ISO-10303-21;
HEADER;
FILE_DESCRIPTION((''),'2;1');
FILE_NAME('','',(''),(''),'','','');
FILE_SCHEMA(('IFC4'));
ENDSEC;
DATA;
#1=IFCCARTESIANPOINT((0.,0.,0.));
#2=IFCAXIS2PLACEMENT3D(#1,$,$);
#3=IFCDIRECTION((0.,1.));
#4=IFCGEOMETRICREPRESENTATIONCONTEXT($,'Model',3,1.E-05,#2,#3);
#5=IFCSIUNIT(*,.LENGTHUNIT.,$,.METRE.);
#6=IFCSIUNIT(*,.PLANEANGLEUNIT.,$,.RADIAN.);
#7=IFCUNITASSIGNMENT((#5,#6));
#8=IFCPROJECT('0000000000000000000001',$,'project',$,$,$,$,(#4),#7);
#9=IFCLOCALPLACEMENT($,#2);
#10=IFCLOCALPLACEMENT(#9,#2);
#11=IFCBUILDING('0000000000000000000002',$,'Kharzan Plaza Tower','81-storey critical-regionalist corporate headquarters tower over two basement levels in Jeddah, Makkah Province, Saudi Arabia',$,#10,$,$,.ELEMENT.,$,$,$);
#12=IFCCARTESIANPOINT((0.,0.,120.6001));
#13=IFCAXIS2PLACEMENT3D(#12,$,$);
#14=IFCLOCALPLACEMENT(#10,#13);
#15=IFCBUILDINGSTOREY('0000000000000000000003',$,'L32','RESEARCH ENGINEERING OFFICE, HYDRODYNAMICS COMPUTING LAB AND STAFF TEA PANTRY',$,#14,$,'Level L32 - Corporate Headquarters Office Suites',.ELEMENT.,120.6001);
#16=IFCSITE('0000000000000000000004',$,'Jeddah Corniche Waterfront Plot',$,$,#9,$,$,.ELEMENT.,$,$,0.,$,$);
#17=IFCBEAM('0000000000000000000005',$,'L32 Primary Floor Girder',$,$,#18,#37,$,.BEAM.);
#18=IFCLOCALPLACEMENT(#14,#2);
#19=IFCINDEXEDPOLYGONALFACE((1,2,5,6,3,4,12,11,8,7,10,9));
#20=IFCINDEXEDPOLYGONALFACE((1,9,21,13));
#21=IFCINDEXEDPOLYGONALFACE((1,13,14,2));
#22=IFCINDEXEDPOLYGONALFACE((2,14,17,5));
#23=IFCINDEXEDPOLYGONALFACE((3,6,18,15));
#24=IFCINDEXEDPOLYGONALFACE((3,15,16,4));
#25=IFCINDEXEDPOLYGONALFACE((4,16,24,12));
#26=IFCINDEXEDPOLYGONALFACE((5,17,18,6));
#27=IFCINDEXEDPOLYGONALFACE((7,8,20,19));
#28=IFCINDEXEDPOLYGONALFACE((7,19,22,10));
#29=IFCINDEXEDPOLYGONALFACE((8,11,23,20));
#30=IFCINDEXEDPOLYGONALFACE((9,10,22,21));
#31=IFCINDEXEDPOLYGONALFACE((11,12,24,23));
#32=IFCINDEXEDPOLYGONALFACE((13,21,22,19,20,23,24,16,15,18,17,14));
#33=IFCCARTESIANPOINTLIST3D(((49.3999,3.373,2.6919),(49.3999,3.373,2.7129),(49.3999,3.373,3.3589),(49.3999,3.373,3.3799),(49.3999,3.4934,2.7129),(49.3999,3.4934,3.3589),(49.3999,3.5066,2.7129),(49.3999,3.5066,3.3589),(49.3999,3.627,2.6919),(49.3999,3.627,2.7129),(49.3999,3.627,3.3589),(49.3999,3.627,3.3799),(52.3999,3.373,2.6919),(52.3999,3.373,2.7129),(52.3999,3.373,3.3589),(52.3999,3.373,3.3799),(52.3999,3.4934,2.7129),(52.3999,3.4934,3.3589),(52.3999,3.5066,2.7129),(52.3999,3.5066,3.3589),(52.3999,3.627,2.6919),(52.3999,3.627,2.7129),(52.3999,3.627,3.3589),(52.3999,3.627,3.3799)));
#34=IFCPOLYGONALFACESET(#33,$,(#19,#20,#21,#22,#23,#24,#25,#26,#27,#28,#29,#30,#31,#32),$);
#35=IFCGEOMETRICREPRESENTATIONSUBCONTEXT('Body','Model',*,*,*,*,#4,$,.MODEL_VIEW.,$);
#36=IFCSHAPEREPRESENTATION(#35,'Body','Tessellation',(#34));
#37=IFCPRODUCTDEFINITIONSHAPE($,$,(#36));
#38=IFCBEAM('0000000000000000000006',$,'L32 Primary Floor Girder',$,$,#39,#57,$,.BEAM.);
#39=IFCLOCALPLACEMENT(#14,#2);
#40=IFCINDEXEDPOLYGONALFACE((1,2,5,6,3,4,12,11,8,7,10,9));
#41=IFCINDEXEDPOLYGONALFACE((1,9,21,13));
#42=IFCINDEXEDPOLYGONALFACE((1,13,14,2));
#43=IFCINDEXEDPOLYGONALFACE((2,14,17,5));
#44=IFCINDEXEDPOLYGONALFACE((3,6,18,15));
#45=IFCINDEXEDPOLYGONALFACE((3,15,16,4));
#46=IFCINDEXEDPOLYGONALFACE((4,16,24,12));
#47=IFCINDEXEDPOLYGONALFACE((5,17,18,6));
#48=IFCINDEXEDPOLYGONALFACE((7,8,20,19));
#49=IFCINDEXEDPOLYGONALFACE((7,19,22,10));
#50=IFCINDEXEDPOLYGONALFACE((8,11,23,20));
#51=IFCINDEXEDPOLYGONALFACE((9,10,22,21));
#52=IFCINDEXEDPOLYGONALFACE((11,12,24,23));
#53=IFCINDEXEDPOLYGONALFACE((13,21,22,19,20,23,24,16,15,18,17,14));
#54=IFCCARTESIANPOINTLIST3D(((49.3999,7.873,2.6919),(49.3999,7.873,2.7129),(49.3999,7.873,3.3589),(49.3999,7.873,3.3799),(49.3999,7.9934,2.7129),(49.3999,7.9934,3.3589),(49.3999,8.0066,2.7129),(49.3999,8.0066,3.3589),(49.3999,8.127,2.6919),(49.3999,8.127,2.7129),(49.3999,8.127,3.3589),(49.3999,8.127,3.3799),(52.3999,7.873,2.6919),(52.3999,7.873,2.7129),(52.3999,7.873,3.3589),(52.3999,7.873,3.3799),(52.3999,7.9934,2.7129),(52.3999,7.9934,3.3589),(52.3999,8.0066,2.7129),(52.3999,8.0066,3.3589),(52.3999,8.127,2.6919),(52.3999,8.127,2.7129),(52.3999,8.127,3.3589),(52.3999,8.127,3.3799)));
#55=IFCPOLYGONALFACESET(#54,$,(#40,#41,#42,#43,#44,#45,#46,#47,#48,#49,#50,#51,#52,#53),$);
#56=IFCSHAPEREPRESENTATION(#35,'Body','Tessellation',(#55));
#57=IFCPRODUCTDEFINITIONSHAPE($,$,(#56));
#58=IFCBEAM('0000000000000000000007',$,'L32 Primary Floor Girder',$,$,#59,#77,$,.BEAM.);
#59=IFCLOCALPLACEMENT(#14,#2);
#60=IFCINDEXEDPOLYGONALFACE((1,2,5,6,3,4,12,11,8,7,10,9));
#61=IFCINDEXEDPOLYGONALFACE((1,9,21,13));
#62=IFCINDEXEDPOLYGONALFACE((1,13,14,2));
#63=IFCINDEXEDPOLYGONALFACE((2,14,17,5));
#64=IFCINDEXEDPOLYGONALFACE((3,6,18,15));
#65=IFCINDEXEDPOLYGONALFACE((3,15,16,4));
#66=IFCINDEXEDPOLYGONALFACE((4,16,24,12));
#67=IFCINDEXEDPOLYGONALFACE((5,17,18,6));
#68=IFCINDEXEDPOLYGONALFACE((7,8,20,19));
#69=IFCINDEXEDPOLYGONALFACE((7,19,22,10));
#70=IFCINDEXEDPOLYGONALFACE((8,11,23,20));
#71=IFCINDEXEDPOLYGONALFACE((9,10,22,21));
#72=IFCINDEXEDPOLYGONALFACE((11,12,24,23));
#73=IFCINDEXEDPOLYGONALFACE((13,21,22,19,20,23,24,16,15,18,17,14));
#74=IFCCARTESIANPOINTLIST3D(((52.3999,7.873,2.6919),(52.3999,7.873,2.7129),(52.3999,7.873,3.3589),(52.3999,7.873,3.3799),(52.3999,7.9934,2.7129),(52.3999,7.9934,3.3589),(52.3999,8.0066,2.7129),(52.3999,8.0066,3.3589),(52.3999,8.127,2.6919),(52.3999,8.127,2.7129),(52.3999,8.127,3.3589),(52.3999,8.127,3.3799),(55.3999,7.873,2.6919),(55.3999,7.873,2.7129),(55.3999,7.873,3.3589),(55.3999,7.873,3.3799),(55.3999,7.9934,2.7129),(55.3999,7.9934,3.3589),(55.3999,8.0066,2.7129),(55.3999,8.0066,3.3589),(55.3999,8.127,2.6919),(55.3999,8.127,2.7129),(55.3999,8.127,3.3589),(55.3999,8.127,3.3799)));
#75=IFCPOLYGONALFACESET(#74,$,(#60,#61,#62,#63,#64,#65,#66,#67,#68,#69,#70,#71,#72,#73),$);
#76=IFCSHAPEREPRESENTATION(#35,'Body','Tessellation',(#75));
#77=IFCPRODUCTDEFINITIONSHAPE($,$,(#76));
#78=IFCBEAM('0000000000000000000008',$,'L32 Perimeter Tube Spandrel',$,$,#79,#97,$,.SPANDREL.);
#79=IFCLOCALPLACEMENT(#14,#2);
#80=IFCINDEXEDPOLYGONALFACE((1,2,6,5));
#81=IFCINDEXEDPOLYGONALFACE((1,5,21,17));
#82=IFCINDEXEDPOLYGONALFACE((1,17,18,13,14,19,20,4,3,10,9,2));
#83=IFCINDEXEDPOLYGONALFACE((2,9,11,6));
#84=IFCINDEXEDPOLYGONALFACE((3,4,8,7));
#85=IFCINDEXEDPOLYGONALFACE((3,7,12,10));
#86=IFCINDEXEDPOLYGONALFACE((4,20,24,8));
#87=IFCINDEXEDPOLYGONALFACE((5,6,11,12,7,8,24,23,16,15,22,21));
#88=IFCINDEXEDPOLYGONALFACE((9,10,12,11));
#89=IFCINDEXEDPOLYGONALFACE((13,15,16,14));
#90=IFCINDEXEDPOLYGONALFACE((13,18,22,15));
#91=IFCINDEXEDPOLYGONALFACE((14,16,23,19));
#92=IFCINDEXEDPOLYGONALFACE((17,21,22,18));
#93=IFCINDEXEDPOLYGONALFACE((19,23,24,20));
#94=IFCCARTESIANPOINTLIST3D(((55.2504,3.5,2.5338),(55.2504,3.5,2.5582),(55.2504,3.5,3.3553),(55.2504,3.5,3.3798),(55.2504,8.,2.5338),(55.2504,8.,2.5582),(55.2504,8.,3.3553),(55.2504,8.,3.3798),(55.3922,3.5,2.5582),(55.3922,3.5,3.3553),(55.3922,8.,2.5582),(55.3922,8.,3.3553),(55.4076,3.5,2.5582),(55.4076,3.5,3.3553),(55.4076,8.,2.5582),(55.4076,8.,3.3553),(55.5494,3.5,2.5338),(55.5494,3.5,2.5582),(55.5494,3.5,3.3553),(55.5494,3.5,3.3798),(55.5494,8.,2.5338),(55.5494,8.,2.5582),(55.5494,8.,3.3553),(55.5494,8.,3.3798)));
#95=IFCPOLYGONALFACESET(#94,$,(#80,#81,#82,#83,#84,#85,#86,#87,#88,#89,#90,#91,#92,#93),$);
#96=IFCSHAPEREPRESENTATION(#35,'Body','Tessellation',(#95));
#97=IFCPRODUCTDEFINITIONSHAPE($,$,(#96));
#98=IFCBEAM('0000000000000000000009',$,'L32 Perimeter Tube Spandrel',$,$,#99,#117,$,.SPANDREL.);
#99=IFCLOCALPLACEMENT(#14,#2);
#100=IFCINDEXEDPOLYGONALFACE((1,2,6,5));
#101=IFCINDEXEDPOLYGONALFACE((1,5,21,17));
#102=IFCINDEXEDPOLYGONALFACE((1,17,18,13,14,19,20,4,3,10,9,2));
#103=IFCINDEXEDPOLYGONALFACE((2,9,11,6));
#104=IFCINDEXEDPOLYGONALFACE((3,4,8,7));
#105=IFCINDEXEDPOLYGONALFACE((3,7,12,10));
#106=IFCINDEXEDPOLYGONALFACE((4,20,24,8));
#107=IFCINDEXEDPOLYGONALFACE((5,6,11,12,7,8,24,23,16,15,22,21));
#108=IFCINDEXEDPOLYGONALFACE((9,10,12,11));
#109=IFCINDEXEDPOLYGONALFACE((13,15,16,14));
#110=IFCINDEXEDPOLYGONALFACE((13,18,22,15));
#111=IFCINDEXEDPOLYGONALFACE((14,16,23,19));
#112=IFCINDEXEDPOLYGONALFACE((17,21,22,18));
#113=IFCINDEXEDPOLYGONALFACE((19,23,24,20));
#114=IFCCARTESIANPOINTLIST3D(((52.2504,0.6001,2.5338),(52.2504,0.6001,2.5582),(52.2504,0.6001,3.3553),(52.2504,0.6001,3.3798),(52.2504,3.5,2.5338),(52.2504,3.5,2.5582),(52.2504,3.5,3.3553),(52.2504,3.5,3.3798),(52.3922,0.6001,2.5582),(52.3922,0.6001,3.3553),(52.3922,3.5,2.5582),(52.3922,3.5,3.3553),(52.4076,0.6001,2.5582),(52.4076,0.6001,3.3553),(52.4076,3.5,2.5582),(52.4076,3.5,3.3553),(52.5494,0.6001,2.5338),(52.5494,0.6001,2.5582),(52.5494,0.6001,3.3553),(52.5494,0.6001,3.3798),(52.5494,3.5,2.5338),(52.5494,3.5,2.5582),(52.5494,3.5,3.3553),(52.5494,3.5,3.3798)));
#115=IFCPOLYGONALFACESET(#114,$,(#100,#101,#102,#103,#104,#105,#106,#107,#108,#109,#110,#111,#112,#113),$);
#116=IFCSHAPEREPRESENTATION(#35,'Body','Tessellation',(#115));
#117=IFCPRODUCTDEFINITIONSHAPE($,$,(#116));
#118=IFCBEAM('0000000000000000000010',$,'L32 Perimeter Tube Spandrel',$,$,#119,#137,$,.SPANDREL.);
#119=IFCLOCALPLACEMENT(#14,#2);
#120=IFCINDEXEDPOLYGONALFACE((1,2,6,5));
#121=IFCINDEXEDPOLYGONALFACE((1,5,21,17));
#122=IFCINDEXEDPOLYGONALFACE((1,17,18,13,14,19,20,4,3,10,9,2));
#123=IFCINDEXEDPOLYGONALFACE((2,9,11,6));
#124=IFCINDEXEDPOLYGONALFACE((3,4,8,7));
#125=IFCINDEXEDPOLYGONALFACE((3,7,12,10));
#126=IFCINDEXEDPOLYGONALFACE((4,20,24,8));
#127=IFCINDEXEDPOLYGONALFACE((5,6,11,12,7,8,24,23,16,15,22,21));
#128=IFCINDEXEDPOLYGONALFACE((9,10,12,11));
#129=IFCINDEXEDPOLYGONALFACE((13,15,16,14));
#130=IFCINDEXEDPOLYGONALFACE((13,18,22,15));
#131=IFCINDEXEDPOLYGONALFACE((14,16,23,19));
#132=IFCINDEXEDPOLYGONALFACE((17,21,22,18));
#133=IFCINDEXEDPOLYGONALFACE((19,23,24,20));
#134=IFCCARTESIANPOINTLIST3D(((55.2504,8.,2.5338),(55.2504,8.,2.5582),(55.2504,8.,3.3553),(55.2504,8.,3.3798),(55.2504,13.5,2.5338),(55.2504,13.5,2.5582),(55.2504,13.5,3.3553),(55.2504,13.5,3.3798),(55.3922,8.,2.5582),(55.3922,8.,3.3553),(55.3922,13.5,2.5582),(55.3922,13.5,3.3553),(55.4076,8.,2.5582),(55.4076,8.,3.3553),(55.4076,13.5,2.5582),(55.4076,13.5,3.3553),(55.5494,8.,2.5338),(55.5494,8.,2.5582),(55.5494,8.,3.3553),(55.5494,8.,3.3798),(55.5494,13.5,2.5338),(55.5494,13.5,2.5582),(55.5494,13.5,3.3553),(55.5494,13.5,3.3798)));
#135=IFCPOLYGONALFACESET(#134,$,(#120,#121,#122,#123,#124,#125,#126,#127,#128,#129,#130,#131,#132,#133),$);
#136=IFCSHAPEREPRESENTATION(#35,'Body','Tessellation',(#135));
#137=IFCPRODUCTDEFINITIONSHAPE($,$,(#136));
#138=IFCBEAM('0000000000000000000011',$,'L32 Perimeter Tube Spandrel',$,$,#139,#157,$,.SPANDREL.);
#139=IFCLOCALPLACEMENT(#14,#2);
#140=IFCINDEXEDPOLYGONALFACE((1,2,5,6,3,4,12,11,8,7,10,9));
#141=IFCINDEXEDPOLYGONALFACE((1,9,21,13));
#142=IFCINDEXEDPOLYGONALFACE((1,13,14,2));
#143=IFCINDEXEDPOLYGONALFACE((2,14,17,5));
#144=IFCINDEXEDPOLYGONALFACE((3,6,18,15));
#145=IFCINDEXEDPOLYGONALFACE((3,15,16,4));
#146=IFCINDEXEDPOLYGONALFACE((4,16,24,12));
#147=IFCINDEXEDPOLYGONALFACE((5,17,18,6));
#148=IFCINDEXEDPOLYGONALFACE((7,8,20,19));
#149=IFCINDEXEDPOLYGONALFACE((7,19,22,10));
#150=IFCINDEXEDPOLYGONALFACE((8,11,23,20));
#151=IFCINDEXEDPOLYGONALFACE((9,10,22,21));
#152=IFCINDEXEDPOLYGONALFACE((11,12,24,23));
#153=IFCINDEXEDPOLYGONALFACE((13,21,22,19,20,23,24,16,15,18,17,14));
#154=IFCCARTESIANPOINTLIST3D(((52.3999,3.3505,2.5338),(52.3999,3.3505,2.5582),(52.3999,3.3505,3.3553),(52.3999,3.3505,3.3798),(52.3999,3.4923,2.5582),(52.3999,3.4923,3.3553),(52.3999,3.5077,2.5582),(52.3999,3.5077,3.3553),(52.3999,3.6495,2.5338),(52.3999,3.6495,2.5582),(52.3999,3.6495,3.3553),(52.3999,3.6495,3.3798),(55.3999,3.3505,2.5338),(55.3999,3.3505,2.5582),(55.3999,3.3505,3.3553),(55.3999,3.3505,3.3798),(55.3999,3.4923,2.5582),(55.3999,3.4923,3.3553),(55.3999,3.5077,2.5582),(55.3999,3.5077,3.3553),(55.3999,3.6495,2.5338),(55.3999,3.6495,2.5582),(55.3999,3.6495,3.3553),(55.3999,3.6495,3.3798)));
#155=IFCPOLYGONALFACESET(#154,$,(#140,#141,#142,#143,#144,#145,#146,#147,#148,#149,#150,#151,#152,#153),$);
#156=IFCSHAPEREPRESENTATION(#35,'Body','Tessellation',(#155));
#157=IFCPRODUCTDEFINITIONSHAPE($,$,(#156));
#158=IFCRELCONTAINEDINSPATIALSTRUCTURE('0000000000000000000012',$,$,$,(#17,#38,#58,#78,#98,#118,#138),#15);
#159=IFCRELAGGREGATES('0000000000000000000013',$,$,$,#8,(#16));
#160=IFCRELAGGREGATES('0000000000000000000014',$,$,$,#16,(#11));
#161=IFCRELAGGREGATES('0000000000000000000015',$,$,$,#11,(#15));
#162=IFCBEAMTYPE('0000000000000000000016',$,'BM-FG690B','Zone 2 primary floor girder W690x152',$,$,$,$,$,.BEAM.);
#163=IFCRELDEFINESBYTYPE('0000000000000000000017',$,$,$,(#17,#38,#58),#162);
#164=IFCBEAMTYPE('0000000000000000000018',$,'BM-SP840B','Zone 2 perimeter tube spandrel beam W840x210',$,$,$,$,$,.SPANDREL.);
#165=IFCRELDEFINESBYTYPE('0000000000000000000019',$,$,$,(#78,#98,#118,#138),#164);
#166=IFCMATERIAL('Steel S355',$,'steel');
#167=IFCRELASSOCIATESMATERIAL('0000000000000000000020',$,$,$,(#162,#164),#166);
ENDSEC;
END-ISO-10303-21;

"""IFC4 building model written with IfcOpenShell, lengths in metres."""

from ifc_helpers import new_model, si_unit, direction, frame, origin, origin_2d, place, context, subcontext, project, spatial, i_section, extrude, source, transform, mapped, material, material_profile, profile_set, type_object, element, save


model = new_model("IFC4")

# Units and contexts
model_context = context("Model", 3, precision=1e-05, world=origin(), true_north=direction((0.0, 1.0)))
body_context = subcontext(model_context, "Body", "Model", "MODEL_VIEW")
ifc_project = project(units=[si_unit("LENGTHUNIT", "METRE"), si_unit("PLANEANGLEUNIT", "RADIAN")], contexts=[model_context])

# Site, building, storey
site_placement = place(None, origin())
site = spatial("IfcSite", under=ifc_project, at=site_placement, Name="Jeddah Corniche Waterfront Plot", CompositionType="ELEMENT", RefElevation=0.0)
building_placement = place(site_placement, origin())
building = spatial("IfcBuilding", under=site, at=building_placement, Name="Kharzan Plaza Tower", Description="81-storey critical-regionalist corporate headquarters tower over two basement levels in Jeddah, Makkah Province, Saudi Arabia", CompositionType="ELEMENT")
storey_placement = place(building_placement, frame((0.0, 0.0, 120.6001)))
storey = spatial("IfcBuildingStorey", under=building, at=storey_placement, Name="L32", Description="RESEARCH ENGINEERING OFFICE, HYDRODYNAMICS COMPUTING LAB AND STAFF TEA PANTRY", LongName="Level L32 - Corporate Headquarters Office Suites", CompositionType="ELEMENT", Elevation=120.6001)

# Beams
ifc_material_1 = material(Name="Steel S355", Category="steel")
ifc_material_profile_1 = material_profile(ifc_material_1, i_section(OverallWidth=0.2539, OverallDepth=0.688, WebThickness=0.0132, FlangeThickness=0.021, at=origin_2d()), Name="W690x152")
ifc_profile_set_1 = profile_set([ifc_material_profile_1], Name="Steel S355")
beam_type_1 = type_object("IfcBeamType", Name="BM-FG690B", Description="Zone 2 primary floor girder W690x152", PredefinedType="BEAM", material=ifc_profile_set_1)
shared_shape_1 = source(origin(), body_context, "Body", "SweptSolid", [
    extrude(i_section(OverallWidth=0.2539, OverallDepth=0.688, WebThickness=0.0132, FlangeThickness=0.021, at=origin_2d()), origin(), (0.0, 0.0, 1.0), 3.0),
])
for number, where, z_axis, x_axis, name in (
    (1, (49.3999, 3.5, 3.0359), (1.0, 0.0, 0.0), (0.0, 1.0, 0.0), "L32 Primary Floor Girder"),
    (2, (49.3999, 8.0, 3.0359), (1.0, 0.0, 0.0), (0.0, 1.0, 0.0), "L32 Primary Floor Girder"),
    (3, (52.3999, 8.0, 3.0359), (1.0, 0.0, 0.0), (0.0, 1.0, 0.0), "L32 Primary Floor Girder"),
):
    element("IfcBeam", number, at=place(storey_placement, frame(where, z_axis=z_axis, x_axis=x_axis)), inside=storey, type_object=beam_type_1, Name=name, PredefinedType="BEAM", context=body_context, shape_type="MappedRepresentation", body=[
        mapped(shared_shape_1, transform((0.0, 0.0, 0.0), x_axis=(1.0, 0.0, 0.0), y_axis=(0.0, 1.0, 0.0), z_axis=(0.0, 0.0, 1.0))),
    ])
ifc_material_profile_2 = material_profile(ifc_material_1, i_section(OverallWidth=0.2991, OverallDepth=0.8459, WebThickness=0.0154, FlangeThickness=0.0244, at=origin_2d()), Name="W840x210")
ifc_profile_set_2 = profile_set([ifc_material_profile_2], Name="Steel S355")
beam_type_2 = type_object("IfcBeamType", Name="BM-SP840B", Description="Zone 2 perimeter tube spandrel beam W840x210", PredefinedType="SPANDREL", material=ifc_profile_set_2)
shared_shape_2 = source(origin(), body_context, "Body", "SweptSolid", [
    extrude(i_section(OverallWidth=0.2991, OverallDepth=0.8459, WebThickness=0.0154, FlangeThickness=0.0244, at=origin_2d()), origin(), (0.0, 0.0, 1.0), 4.5),
])
beam_1_placement = place(storey_placement, frame((55.3999, 3.5, 2.9568), z_axis=(0.0, 1.0, 0.0), x_axis=(-1.0, 0.0, 0.0)))
element("IfcBeam", 4, at=beam_1_placement, inside=storey, type_object=beam_type_2, Name="L32 Perimeter Tube Spandrel", PredefinedType="SPANDREL", context=body_context, shape_type="MappedRepresentation", body=[
    mapped(shared_shape_2, transform((0.0, 0.0, 0.0), x_axis=(1.0, 0.0, 0.0), y_axis=(0.0, 1.0, 0.0), z_axis=(0.0, 0.0, 1.0))),
])
shared_shape_3 = source(origin(), body_context, "Body", "SweptSolid", [
    extrude(i_section(OverallWidth=0.2991, OverallDepth=0.8459, WebThickness=0.0154, FlangeThickness=0.0244, at=origin_2d()), origin(), (0.0, 0.0, 1.0), 2.8999),
])
beam_2_placement = place(storey_placement, frame((52.3999, 0.6001, 2.9568), z_axis=(0.0, 1.0, 0.0), x_axis=(-1.0, 0.0, 0.0)))
element("IfcBeam", 5, at=beam_2_placement, inside=storey, type_object=beam_type_2, Name="L32 Perimeter Tube Spandrel", PredefinedType="SPANDREL", context=body_context, shape_type="MappedRepresentation", body=[
    mapped(shared_shape_3, transform((0.0, 0.0, 0.0), x_axis=(1.0, 0.0, 0.0), y_axis=(0.0, 1.0, 0.0), z_axis=(0.0, 0.0, 1.0))),
])
shared_shape_4 = source(origin(), body_context, "Body", "SweptSolid", [
    extrude(i_section(OverallWidth=0.2991, OverallDepth=0.8459, WebThickness=0.0154, FlangeThickness=0.0244, at=origin_2d()), origin(), (0.0, 0.0, 1.0), 5.5),
])
beam_3_placement = place(storey_placement, frame((55.3999, 8.0, 2.9568), z_axis=(0.0, 1.0, 0.0), x_axis=(-1.0, 0.0, 0.0)))
element("IfcBeam", 6, at=beam_3_placement, inside=storey, type_object=beam_type_2, Name="L32 Perimeter Tube Spandrel", PredefinedType="SPANDREL", context=body_context, shape_type="MappedRepresentation", body=[
    mapped(shared_shape_4, transform((0.0, 0.0, 0.0), x_axis=(1.0, 0.0, 0.0), y_axis=(0.0, 1.0, 0.0), z_axis=(0.0, 0.0, 1.0))),
])
shared_shape_5 = source(origin(), body_context, "Body", "SweptSolid", [
    extrude(i_section(OverallWidth=0.2991, OverallDepth=0.8459, WebThickness=0.0154, FlangeThickness=0.0244, at=origin_2d()), origin(), (0.0, 0.0, 1.0), 3.0),
])
beam_4_placement = place(storey_placement, frame((52.3999, 3.5, 2.9568), z_axis=(1.0, 0.0, 0.0), x_axis=(0.0, 1.0, 0.0)))
element("IfcBeam", 7, at=beam_4_placement, inside=storey, type_object=beam_type_2, Name="L32 Perimeter Tube Spandrel", PredefinedType="SPANDREL", context=body_context, shape_type="MappedRepresentation", body=[
    mapped(shared_shape_5, transform((0.0, 0.0, 0.0), x_axis=(1.0, 0.0, 0.0), y_axis=(0.0, 1.0, 0.0), z_axis=(0.0, 0.0, 1.0))),
])

save(model, "model.ifc")
